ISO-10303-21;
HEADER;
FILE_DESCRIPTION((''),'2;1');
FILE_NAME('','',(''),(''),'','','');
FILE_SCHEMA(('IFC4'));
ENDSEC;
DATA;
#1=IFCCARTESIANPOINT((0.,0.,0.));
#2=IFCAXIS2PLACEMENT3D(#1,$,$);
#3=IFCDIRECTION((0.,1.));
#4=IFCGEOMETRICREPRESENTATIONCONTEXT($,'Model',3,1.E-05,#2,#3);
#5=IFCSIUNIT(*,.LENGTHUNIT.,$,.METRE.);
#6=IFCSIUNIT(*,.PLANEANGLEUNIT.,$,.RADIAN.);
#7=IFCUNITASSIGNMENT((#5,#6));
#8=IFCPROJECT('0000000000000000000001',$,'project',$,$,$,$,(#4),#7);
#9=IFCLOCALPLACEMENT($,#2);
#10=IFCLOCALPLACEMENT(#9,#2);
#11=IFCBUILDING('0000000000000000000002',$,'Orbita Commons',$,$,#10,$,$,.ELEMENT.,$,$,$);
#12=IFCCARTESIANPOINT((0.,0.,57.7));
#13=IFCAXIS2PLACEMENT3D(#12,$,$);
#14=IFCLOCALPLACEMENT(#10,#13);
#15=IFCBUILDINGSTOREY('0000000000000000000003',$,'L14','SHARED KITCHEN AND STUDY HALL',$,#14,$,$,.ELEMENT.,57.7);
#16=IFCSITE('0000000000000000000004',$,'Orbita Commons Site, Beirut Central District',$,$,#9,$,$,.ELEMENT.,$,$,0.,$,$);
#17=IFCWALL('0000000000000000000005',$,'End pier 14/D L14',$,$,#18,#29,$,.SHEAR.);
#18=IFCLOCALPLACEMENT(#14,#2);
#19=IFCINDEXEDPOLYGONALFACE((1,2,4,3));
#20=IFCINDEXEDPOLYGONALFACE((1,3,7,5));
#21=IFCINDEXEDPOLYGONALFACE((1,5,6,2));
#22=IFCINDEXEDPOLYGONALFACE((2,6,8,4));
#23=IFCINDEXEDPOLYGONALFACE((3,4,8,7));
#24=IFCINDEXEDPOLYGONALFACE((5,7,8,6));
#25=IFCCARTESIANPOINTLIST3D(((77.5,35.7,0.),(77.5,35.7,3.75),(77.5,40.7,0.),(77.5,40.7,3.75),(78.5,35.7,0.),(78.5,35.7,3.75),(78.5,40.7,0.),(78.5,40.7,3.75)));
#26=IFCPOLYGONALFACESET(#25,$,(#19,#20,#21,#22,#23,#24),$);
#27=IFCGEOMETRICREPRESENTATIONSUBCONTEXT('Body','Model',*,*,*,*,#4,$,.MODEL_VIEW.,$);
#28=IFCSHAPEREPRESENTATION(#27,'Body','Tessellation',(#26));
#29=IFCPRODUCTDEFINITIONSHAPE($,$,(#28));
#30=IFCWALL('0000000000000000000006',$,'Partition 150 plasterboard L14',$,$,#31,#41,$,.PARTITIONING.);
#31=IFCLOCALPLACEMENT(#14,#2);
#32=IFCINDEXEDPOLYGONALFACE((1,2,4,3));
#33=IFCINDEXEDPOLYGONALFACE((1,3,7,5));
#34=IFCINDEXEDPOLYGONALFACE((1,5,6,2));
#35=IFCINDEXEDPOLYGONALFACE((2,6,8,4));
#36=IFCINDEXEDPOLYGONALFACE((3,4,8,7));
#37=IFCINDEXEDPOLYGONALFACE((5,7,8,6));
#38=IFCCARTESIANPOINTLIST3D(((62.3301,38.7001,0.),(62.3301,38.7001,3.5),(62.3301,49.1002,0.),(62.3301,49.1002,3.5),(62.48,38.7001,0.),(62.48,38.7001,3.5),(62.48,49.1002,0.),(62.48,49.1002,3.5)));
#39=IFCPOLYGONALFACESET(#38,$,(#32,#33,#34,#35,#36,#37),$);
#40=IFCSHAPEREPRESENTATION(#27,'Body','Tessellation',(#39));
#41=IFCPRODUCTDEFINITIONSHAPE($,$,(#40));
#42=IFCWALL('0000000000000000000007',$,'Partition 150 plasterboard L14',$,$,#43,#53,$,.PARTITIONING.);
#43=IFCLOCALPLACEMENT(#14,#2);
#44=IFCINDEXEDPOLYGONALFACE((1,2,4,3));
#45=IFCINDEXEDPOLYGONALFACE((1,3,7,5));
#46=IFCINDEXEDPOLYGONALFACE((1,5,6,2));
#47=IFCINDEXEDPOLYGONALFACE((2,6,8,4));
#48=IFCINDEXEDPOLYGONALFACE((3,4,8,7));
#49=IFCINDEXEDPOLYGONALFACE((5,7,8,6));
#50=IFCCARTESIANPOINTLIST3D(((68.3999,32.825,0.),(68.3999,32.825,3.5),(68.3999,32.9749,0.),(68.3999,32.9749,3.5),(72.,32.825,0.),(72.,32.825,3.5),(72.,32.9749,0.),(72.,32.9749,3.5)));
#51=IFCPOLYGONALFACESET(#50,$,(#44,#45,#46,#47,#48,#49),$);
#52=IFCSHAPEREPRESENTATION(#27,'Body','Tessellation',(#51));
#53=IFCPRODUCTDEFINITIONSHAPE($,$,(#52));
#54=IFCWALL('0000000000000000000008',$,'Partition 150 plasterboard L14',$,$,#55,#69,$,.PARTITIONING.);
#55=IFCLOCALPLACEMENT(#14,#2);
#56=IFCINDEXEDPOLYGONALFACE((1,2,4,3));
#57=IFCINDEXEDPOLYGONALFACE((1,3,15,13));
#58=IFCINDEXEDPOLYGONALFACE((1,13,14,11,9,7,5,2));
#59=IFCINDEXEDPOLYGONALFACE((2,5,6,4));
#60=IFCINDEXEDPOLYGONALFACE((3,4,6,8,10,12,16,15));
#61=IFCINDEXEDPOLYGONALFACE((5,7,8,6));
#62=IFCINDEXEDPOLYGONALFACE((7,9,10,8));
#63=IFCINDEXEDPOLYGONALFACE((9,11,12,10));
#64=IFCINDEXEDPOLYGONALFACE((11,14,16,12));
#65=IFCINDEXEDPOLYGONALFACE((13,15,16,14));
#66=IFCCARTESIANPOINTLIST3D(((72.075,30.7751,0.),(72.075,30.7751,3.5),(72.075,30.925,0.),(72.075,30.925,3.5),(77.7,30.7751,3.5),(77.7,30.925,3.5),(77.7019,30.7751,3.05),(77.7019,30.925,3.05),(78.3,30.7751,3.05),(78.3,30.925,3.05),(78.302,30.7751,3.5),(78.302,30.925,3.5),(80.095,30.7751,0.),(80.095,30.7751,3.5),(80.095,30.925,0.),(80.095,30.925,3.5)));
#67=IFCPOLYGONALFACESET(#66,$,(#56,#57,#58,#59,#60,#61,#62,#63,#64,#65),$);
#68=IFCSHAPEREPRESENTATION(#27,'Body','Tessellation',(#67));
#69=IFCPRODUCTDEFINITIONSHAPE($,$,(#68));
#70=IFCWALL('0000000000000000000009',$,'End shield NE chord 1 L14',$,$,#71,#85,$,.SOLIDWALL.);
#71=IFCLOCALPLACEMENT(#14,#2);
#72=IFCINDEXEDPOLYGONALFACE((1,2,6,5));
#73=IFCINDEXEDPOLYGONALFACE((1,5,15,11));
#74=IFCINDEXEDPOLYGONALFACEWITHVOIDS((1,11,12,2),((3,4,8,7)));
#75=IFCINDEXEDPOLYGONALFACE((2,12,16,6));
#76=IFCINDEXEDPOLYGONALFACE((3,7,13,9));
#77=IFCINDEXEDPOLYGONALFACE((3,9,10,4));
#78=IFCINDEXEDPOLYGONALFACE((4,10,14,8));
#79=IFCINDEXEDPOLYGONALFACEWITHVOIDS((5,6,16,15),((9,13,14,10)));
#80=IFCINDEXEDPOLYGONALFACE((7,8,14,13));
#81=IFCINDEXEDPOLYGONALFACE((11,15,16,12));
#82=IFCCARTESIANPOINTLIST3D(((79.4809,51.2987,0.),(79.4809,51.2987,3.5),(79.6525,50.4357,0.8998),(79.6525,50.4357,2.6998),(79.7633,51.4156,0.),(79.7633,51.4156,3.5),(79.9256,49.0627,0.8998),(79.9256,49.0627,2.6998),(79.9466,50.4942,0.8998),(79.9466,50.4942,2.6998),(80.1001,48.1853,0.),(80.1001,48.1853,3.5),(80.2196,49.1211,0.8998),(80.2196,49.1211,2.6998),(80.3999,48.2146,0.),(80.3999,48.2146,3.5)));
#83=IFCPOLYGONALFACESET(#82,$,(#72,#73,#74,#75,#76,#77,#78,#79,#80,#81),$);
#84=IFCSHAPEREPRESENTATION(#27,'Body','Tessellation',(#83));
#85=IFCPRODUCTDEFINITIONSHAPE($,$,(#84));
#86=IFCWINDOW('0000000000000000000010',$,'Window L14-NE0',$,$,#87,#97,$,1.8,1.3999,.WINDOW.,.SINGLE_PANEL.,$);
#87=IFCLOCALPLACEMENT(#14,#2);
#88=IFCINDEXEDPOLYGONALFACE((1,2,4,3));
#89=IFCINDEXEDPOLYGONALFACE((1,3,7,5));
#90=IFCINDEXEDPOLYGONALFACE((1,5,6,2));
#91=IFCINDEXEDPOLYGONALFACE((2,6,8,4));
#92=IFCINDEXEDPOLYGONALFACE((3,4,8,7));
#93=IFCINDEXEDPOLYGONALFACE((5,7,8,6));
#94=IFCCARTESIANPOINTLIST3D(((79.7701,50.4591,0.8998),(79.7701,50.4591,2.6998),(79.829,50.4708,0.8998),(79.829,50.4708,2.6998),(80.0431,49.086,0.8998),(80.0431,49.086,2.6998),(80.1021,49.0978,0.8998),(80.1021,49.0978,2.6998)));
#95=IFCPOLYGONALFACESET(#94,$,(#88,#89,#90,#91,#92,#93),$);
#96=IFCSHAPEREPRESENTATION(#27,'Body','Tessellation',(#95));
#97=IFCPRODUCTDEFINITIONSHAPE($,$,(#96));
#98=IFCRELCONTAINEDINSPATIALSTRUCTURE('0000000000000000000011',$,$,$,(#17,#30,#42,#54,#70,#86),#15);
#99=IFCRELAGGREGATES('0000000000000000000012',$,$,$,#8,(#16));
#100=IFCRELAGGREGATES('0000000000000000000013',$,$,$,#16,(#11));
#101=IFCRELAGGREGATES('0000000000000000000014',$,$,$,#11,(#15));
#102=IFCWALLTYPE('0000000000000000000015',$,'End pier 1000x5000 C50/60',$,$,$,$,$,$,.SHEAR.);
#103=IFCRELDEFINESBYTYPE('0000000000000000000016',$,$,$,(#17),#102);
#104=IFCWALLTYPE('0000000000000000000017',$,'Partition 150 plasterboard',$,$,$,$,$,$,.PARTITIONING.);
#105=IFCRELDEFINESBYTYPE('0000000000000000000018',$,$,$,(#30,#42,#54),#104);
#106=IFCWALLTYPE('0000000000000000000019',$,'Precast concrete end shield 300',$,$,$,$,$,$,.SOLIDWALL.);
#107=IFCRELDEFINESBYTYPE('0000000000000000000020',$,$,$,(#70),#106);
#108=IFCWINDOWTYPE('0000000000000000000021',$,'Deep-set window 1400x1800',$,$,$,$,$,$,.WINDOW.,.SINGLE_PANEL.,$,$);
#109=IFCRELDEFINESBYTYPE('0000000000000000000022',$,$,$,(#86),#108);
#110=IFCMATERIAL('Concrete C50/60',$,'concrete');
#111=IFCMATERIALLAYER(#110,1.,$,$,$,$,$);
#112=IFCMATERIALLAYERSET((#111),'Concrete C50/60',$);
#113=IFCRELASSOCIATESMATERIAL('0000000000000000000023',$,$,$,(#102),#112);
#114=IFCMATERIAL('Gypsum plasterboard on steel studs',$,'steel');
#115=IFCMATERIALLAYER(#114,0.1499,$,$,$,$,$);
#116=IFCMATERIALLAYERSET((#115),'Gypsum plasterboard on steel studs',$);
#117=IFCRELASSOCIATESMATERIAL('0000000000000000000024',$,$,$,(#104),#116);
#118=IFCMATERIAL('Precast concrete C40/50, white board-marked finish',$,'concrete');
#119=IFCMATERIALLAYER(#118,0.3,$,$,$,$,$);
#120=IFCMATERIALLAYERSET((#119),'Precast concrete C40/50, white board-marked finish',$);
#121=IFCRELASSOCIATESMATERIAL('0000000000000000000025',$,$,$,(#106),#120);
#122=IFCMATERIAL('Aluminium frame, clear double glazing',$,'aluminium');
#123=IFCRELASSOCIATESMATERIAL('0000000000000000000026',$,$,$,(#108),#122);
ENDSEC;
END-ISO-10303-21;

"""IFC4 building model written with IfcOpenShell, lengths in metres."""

from ifc_helpers import new_model, si_unit, direction, frame, frame_2d, origin, place, context, subcontext, project, spatial, polyline, rectangle, outline, extrude, material, layer, layer_set, type_object, element, fill, save


model = new_model("IFC4")

# Units and contexts
model_context = context("Model", 3, precision=1e-05, world=origin(), true_north=direction((0.0, 1.0)))
body_context = subcontext(model_context, "Body", "Model", "MODEL_VIEW")
ifc_project = project(units=[si_unit("LENGTHUNIT", "METRE"), si_unit("PLANEANGLEUNIT", "RADIAN")], contexts=[model_context])

# Site, building, storey
site_placement = place(None, origin())
site = spatial("IfcSite", under=ifc_project, at=site_placement, Name="Orbita Commons Site, Beirut Central District", CompositionType="ELEMENT", RefElevation=0.0)
building_placement = place(site_placement, origin())
building = spatial("IfcBuilding", under=site, at=building_placement, Name="Orbita Commons", CompositionType="ELEMENT")
storey_placement = place(building_placement, frame((0.0, 0.0, 57.7)))
storey = spatial("IfcBuildingStorey", under=building, at=storey_placement, Name="L14", Description="SHARED KITCHEN AND STUDY HALL", CompositionType="ELEMENT", Elevation=57.7)

# Walls
ifc_material_1 = material(Name="Concrete C50/60", Category="concrete")
ifc_layer_1 = layer(ifc_material_1, 1.0)
ifc_layer_set_1 = layer_set([ifc_layer_1], Name="Concrete C50/60")
wall_type_1 = type_object("IfcWallType", Name="End pier 1000x5000 C50/60", PredefinedType="SHEAR", material=ifc_layer_set_1)
wall_1_placement = place(storey_placement, frame((78.0, 35.7, 0.0), z_axis=(0.0, 0.0, 1.0), x_axis=(0.0, 1.0, 0.0)))
element("IfcWall", 1, at=wall_1_placement, inside=storey, type_object=wall_type_1, Name="End pier 14/D L14", PredefinedType="SHEAR", context=body_context, shape_type="SweptSolid", body=[
    extrude(rectangle(XDim=5.0, YDim=1.0, at=frame_2d((2.5, 0.0))), origin(), (0.0, 0.0, 1.0), 3.75),
])
ifc_material_2 = material(Name="Gypsum plasterboard on steel studs", Category="steel")
ifc_layer_2 = layer(ifc_material_2, 0.1499)
ifc_layer_set_2 = layer_set([ifc_layer_2], Name="Gypsum plasterboard on steel studs")
wall_type_2 = type_object("IfcWallType", Name="Partition 150 plasterboard", PredefinedType="PARTITIONING", material=ifc_layer_set_2)
wall_2_placement = place(storey_placement, frame((62.405, 38.7, 0.0), z_axis=(0.0, 0.0, 1.0), x_axis=(0.0, 1.0, 0.0)))
element("IfcWall", 2, at=wall_2_placement, inside=storey, type_object=wall_type_2, Name="Partition 150 plasterboard L14", PredefinedType="PARTITIONING", context=body_context, shape_type="SweptSolid", body=[
    extrude(rectangle(XDim=10.4001, YDim=0.1499, at=frame_2d((5.2002, 0.0))), origin(), (0.0, 0.0, 1.0), 3.5),
])
wall_3_placement = place(storey_placement, frame((68.3999, 32.8999, 0.0), z_axis=(0.0, 0.0, 1.0), x_axis=(1.0, 0.0, 0.0)))
element("IfcWall", 3, at=wall_3_placement, inside=storey, type_object=wall_type_2, Name="Partition 150 plasterboard L14", PredefinedType="PARTITIONING", context=body_context, shape_type="SweptSolid", body=[
    extrude(rectangle(XDim=3.6001, YDim=0.1499, at=frame_2d((1.8, 0.0))), origin(), (0.0, 0.0, 1.0), 3.5),
])
wall_4_placement = place(storey_placement, frame((72.075, 30.8501, 0.0), z_axis=(0.0, 0.0, 1.0), x_axis=(1.0, 0.0, 0.0)))
element("IfcWall", 4, at=wall_4_placement, inside=storey, type_object=wall_type_2, Name="Partition 150 plasterboard L14", PredefinedType="PARTITIONING", context=body_context, shape_type="SweptSolid", body=[
    extrude(outline(polyline([(0.0, 0.0), (8.02, 0.0), (8.02, 3.5), (6.2271, 3.5), (6.2251, 3.05), (5.627, 3.05), (5.625, 3.5), (0.0, 3.5), (0.0, 0.0)])), frame((0.0, 0.075, 0.0), z_axis=(0.0, -1.0, 0.0), x_axis=(1.0, 0.0, 0.0)), (0.0, 0.0, 1.0), 0.1499),
])

# Wall, opening, window
ifc_material_3 = material(Name="Precast concrete C40/50, white board-marked finish", Category="concrete")
ifc_layer_3 = layer(ifc_material_3, 0.3)
ifc_layer_set_3 = layer_set([ifc_layer_3], Name="Precast concrete C40/50, white board-marked finish")
wall_type_3 = type_object("IfcWallType", Name="Precast concrete end shield 300", PredefinedType="SOLIDWALL", material=ifc_layer_set_3)
wall_5_placement = place(storey_placement, frame((80.25, 48.2, 0.0), z_axis=(0.0, 0.0, 1.0), x_axis=(-0.195066, 0.98079, 0.0)))
wall_5 = element("IfcWall", 5, at=wall_5_placement, inside=storey, type_object=wall_type_3, Name="End shield NE chord 1 L14", PredefinedType="SOLIDWALL", context=body_context, shape_type="SweptSolid", body=[
    extrude(outline(polyline([(-0.0149, -0.1499), (3.2488, -0.1499), (3.1892, 0.1499), (0.0149, 0.1499), (-0.0149, -0.1499)])), origin(), (0.0, 0.0, 1.0), 3.5),
])
opening_1_placement = place(wall_5_placement, frame((0.9094, 0.0, 0.8999)))
opening_1 = element("IfcOpeningElement", 6, at=opening_1_placement, cuts=wall_5, PredefinedType="OPENING", context=body_context, shape_type="SweptSolid", body=[
    extrude(rectangle(XDim=1.3999, YDim=1.8, at=frame_2d((0.7, 0.8999))), frame((0.0, 0.1599, 0.0), z_axis=(0.0, -1.0, 0.0), x_axis=(1.0, 0.0, 0.0)), (0.0, 0.0, 1.0), 0.3201),
])
ifc_material_4 = material(Name="Aluminium frame, clear double glazing", Category="aluminium")
window_type = type_object("IfcWindowType", Name="Deep-set window 1400x1800", PartitioningType="SINGLE_PANEL", PredefinedType="WINDOW", material=ifc_material_4)
window_placement = place(opening_1_placement, origin())
window = element("IfcWindow", 7, at=window_placement, inside=storey, type_object=window_type, Name="Window L14-NE0", OverallHeight=1.8, OverallWidth=1.3999, PartitioningType="SINGLE_PANEL", PredefinedType="WINDOW", context=body_context, shape_type="SweptSolid", body=[
    extrude(rectangle(XDim=1.3999, YDim=1.8, at=frame_2d((0.7, 0.8999))), frame((0.0, 0.03, 0.0), z_axis=(0.0, -1.0, 0.0), x_axis=(1.0, 0.0, 0.0)), (0.0, 0.0, 1.0), 0.0601),
])
fill(opening_1, window)

save(model, "model.ifc")
